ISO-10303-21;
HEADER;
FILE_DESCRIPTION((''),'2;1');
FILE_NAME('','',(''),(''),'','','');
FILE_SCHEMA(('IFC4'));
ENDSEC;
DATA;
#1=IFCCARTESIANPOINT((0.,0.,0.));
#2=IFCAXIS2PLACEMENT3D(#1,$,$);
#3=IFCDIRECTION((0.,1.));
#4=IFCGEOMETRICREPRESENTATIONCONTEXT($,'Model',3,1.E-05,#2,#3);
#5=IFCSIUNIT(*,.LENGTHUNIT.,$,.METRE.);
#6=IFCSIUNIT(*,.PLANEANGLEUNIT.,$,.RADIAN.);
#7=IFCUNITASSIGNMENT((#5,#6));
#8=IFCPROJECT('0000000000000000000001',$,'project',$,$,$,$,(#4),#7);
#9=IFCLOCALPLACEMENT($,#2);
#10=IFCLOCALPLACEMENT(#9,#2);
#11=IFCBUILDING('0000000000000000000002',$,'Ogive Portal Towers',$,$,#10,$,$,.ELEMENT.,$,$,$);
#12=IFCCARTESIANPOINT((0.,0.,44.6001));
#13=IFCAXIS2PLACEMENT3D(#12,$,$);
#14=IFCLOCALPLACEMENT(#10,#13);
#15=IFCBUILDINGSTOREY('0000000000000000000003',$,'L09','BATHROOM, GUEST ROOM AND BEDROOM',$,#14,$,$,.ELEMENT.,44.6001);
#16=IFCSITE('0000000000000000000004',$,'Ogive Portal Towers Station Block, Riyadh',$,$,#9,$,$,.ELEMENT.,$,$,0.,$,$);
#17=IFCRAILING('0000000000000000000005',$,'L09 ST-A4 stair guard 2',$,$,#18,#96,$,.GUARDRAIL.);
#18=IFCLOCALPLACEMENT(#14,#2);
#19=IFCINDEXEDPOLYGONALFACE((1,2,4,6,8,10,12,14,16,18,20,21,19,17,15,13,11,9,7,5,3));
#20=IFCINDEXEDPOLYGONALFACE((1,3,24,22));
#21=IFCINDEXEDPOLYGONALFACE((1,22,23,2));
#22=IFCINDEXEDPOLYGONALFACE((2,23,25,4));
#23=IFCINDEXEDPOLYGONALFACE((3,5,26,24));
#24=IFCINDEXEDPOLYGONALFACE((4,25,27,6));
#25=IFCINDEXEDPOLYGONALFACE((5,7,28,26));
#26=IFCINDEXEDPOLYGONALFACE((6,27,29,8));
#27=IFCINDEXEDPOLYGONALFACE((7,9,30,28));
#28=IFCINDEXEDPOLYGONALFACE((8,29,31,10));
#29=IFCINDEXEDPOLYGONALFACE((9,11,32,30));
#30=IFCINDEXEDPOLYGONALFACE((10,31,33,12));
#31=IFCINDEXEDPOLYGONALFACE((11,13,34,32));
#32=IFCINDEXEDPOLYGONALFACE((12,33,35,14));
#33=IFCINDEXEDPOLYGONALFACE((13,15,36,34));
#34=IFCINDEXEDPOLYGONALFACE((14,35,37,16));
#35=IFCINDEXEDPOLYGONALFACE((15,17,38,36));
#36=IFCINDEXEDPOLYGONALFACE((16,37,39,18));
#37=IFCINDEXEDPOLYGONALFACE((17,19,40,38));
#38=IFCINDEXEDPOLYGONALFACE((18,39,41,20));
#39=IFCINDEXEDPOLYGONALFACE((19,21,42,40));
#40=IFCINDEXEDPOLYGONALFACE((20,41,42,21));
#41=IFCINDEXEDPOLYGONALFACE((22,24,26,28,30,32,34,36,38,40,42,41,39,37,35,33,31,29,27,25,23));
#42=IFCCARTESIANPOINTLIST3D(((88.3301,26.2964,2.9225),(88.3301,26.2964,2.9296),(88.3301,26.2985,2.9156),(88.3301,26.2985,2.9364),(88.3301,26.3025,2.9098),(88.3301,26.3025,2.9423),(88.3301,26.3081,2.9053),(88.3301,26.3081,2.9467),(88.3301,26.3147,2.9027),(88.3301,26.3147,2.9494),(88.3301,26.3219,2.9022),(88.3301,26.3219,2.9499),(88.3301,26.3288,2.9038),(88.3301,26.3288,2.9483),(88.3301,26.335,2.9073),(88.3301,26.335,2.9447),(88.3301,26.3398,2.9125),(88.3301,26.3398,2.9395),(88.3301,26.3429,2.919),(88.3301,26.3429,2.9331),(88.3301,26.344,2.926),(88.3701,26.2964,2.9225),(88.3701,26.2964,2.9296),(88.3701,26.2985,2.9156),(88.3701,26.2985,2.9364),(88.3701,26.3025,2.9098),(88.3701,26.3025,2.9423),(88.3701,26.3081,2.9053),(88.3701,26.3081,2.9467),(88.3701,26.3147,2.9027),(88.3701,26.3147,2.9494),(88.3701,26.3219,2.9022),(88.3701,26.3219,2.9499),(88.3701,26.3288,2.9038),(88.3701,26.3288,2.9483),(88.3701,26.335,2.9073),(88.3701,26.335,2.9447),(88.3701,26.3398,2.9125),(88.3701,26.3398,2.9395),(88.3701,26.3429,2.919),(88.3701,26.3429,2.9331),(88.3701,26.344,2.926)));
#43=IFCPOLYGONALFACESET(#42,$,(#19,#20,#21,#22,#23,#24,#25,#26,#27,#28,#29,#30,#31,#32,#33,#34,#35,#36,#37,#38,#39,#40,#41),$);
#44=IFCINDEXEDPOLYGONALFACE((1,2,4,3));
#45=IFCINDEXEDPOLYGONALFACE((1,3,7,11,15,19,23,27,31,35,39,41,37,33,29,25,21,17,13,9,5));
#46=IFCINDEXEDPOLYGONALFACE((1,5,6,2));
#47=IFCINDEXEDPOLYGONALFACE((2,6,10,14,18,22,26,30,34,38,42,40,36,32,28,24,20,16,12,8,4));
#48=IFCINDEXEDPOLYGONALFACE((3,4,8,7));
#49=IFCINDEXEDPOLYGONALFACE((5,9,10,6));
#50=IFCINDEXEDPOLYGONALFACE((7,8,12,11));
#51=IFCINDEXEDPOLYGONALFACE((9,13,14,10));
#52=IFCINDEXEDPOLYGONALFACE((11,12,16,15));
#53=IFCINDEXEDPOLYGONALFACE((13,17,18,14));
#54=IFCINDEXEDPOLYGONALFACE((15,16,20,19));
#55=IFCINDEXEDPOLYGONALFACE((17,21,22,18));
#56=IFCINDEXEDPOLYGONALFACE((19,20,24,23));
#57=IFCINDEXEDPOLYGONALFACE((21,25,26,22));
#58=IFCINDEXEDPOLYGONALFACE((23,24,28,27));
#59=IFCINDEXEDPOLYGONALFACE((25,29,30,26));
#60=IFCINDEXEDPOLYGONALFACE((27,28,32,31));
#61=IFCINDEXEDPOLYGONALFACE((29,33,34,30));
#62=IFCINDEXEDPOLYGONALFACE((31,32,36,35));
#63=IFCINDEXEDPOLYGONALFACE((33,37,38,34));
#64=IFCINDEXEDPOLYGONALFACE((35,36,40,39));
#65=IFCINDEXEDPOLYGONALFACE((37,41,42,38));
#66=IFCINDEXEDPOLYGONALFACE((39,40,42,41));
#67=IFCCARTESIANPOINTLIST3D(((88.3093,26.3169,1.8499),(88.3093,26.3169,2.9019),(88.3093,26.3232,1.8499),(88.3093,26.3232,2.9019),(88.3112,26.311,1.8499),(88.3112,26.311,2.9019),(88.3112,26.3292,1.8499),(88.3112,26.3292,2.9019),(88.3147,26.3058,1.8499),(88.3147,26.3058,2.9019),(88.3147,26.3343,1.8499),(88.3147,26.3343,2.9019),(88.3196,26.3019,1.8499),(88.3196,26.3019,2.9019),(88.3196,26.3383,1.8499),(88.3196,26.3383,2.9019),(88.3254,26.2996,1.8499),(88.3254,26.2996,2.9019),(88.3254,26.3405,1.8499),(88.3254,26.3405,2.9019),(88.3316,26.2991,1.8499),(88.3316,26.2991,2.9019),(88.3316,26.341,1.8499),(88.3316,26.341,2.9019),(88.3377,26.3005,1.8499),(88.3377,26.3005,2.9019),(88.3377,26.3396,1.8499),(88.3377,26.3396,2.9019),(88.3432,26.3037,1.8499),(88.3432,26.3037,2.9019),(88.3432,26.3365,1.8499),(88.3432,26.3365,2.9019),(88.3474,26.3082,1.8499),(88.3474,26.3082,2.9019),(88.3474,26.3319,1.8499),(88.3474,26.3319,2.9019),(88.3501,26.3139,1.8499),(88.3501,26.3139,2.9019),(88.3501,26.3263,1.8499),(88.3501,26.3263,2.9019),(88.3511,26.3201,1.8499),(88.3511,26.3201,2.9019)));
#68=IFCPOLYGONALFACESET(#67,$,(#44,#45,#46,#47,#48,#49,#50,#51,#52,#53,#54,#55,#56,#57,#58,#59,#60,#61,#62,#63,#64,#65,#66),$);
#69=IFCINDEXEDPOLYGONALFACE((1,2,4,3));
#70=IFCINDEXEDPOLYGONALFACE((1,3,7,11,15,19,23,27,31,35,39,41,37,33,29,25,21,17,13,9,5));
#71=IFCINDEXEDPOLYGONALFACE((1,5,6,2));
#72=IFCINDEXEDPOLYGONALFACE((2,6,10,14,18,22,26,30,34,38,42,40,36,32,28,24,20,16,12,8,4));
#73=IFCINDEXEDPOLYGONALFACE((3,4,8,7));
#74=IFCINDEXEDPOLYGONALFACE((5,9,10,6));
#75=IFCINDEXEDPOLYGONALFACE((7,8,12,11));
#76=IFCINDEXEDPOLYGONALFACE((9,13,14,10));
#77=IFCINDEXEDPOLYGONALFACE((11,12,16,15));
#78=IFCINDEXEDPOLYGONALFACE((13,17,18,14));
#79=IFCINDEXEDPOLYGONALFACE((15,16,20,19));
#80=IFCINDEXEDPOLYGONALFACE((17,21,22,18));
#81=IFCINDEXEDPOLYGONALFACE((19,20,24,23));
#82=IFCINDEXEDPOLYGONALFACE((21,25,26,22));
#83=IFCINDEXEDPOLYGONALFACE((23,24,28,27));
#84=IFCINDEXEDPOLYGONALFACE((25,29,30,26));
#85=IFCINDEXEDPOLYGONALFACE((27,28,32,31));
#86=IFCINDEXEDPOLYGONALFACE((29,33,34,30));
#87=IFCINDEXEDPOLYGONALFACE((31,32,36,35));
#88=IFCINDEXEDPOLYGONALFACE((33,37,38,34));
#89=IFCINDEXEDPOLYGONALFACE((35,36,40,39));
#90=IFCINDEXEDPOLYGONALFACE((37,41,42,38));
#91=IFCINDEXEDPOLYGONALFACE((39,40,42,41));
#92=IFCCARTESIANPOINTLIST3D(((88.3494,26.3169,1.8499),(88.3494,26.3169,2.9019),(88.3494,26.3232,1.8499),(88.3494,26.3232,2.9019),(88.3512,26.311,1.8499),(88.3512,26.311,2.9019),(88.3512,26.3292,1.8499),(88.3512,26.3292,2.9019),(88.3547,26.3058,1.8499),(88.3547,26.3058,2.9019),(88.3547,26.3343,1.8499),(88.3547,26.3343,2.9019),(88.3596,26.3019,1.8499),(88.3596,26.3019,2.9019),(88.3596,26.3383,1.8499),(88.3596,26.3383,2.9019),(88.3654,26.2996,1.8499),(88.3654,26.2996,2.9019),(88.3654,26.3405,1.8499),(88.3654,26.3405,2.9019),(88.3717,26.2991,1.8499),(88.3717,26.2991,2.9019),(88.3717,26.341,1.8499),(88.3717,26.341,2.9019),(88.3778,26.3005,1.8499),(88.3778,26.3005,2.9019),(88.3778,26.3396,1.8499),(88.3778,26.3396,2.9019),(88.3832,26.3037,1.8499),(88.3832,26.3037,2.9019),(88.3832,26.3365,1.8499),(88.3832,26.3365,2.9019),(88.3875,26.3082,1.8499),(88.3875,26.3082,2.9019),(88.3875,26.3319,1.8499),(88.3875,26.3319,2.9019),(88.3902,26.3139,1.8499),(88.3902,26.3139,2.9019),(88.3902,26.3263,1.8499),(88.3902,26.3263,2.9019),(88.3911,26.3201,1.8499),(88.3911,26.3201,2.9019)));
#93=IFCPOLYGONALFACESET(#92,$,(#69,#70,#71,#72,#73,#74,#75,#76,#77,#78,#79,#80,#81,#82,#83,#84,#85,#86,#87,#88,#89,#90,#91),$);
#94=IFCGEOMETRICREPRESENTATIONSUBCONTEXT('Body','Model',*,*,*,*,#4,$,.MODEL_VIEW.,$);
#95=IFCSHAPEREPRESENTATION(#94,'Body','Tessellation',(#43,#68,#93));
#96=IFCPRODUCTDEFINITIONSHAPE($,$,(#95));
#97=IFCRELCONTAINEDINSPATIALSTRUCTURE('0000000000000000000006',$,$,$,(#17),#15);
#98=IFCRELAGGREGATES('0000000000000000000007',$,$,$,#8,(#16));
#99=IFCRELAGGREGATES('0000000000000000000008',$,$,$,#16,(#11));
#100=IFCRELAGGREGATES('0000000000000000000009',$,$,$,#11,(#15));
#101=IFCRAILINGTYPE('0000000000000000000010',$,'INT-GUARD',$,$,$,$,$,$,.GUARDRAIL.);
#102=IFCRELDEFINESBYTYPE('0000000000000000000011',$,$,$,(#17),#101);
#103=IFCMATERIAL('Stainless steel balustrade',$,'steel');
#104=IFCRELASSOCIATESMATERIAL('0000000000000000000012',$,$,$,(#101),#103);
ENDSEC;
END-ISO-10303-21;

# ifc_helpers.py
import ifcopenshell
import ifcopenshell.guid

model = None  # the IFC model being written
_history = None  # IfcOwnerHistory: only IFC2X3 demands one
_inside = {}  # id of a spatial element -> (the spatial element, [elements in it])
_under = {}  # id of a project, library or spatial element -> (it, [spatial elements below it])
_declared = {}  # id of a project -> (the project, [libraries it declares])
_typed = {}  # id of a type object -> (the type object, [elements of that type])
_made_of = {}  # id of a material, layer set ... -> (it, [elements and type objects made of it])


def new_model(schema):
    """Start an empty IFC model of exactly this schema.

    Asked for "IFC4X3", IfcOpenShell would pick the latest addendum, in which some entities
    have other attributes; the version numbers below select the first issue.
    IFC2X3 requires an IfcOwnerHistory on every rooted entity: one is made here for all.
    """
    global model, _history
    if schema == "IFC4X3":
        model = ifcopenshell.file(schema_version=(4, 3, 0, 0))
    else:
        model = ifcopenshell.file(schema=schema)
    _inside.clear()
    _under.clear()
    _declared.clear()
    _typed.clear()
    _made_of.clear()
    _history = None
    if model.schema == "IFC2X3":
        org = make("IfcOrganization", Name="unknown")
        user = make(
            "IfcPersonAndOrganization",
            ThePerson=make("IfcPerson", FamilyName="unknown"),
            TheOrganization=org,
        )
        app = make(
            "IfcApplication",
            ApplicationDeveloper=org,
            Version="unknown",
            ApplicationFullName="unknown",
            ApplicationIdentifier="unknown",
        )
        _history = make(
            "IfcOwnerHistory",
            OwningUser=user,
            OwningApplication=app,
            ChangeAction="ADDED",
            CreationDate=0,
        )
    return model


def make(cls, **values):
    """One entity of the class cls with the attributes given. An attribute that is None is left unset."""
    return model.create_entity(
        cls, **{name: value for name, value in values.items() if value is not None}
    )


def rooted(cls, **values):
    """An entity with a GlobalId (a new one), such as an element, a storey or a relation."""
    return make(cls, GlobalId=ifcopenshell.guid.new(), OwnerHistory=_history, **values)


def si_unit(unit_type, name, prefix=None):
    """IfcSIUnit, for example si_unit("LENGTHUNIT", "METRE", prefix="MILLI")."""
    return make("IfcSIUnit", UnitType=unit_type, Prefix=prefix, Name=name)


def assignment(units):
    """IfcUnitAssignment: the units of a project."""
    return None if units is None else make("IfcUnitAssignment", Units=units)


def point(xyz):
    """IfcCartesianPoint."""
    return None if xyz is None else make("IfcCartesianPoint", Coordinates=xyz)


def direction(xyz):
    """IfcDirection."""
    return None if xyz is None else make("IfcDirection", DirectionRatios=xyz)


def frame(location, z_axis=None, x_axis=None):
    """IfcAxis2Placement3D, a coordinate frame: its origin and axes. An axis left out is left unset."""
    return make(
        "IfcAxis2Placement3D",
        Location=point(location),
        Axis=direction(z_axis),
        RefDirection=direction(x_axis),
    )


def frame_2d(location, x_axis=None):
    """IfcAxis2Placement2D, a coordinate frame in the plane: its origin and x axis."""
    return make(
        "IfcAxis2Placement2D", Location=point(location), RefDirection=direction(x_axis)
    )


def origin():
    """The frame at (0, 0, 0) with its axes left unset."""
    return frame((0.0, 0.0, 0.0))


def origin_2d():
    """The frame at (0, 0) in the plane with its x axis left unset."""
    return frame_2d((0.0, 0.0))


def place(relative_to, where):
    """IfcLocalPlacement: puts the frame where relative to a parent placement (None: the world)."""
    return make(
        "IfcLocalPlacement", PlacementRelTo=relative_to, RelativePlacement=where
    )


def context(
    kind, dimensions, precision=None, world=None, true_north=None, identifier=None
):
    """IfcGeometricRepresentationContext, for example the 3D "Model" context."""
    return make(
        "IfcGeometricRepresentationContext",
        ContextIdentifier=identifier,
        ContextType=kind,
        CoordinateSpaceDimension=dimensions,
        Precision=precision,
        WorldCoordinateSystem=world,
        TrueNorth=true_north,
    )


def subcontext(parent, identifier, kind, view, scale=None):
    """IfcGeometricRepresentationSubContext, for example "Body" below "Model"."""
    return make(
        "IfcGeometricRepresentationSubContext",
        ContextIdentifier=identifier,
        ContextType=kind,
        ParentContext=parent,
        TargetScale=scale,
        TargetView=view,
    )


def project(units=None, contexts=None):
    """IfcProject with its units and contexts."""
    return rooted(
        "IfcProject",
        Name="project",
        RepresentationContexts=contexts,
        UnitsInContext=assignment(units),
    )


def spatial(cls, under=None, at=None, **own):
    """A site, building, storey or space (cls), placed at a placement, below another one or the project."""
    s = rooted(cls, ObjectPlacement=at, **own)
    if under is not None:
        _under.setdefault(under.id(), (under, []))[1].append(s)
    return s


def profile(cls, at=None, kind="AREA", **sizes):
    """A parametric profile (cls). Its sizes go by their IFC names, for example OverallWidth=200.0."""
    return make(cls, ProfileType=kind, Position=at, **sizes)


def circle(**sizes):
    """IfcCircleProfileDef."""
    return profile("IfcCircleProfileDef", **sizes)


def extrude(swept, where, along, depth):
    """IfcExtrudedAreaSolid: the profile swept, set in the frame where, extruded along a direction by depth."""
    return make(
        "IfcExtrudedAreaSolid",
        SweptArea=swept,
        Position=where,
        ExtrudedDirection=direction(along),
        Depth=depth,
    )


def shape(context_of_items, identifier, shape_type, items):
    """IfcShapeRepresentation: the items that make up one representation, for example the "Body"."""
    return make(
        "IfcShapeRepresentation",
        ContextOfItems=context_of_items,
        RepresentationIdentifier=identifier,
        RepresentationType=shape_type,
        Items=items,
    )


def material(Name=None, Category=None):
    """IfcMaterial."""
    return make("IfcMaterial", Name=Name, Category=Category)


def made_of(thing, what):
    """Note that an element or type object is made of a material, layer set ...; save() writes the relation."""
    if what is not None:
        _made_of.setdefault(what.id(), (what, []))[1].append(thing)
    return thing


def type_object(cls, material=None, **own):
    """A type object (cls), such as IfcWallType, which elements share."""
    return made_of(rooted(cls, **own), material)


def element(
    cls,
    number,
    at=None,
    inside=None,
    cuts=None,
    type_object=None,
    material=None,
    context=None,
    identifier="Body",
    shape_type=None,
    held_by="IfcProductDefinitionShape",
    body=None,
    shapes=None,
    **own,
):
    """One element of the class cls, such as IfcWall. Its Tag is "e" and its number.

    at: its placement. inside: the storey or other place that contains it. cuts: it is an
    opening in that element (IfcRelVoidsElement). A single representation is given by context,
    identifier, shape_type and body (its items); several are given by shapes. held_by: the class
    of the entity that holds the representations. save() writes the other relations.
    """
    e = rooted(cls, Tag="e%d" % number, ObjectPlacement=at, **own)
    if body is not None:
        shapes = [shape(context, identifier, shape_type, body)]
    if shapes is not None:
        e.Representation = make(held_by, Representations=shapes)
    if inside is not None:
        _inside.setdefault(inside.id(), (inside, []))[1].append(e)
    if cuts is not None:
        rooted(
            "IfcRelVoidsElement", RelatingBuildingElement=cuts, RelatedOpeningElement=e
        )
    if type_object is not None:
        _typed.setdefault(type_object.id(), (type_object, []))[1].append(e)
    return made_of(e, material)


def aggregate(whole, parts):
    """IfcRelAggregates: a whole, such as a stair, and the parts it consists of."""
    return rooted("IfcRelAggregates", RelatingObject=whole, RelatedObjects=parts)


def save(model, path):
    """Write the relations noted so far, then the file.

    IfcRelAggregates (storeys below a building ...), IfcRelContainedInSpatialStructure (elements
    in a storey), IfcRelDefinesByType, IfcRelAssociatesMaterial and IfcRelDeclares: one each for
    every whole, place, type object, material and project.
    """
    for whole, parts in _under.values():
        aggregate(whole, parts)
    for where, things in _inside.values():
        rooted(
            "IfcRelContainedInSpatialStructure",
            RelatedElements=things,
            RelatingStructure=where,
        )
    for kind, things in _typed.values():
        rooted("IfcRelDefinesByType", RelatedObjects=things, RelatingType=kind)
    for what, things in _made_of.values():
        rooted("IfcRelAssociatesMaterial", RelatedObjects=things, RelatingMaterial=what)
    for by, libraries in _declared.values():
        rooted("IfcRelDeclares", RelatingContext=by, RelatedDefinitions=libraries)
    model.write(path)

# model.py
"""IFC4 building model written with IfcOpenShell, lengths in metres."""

from ifc_helpers import new_model, si_unit, direction, frame, origin, origin_2d, place, context, subcontext, project, spatial, circle, extrude, material, type_object, element, save


model = new_model("IFC4")

# Units and contexts
model_context = context("Model", 3, precision=1e-05, world=origin(), true_north=direction((0.0, 1.0)))
body_context = subcontext(model_context, "Body", "Model", "MODEL_VIEW")
ifc_project = project(units=[si_unit("LENGTHUNIT", "METRE"), si_unit("PLANEANGLEUNIT", "RADIAN")], contexts=[model_context])

# Site, building, storey
site_placement = place(None, origin())
site = spatial("IfcSite", under=ifc_project, at=site_placement, Name="Ogive Portal Towers Station Block, Riyadh", CompositionType="ELEMENT", RefElevation=0.0)
building_placement = place(site_placement, origin())
building = spatial("IfcBuilding", under=site, at=building_placement, Name="Ogive Portal Towers", CompositionType="ELEMENT")
storey_placement = place(building_placement, frame((0.0, 0.0, 44.6001)))
storey = spatial("IfcBuildingStorey", under=building, at=storey_placement, Name="L09", Description="BATHROOM, GUEST ROOM AND BEDROOM", CompositionType="ELEMENT", Elevation=44.6001)

# Railing
ifc_material_1 = material(Name="Stainless steel balustrade", Category="steel")
railing_type_1 = type_object("IfcRailingType", Name="INT-GUARD", PredefinedType="GUARDRAIL", material=ifc_material_1)
railing_1_placement = place(storey_placement, frame((88.3301, 26.3201, 1.8499)))
element("IfcRailing", 1, at=railing_1_placement, inside=storey, type_object=railing_type_1, Name="L09 ST-A4 stair guard 2", PredefinedType="GUARDRAIL", context=body_context, shape_type="SweptSolid", body=[
    extrude(circle(Radius=0.0239, at=origin_2d()), frame((0.0, 0.0, 1.0762), z_axis=(1.0, 0.0, 0.0), x_axis=(0.0, 1.0, 0.0)), (0.0, 0.0, 1.0), 0.04),
    extrude(circle(Radius=0.021, at=origin_2d()), origin(), (0.0, 0.0, 1.0), 1.052),
    extrude(circle(Radius=0.021, at=origin_2d()), frame((0.04, 0.0, 0.0)), (0.0, 0.0, 1.0), 1.052),
])

save(model, "model.ifc")
